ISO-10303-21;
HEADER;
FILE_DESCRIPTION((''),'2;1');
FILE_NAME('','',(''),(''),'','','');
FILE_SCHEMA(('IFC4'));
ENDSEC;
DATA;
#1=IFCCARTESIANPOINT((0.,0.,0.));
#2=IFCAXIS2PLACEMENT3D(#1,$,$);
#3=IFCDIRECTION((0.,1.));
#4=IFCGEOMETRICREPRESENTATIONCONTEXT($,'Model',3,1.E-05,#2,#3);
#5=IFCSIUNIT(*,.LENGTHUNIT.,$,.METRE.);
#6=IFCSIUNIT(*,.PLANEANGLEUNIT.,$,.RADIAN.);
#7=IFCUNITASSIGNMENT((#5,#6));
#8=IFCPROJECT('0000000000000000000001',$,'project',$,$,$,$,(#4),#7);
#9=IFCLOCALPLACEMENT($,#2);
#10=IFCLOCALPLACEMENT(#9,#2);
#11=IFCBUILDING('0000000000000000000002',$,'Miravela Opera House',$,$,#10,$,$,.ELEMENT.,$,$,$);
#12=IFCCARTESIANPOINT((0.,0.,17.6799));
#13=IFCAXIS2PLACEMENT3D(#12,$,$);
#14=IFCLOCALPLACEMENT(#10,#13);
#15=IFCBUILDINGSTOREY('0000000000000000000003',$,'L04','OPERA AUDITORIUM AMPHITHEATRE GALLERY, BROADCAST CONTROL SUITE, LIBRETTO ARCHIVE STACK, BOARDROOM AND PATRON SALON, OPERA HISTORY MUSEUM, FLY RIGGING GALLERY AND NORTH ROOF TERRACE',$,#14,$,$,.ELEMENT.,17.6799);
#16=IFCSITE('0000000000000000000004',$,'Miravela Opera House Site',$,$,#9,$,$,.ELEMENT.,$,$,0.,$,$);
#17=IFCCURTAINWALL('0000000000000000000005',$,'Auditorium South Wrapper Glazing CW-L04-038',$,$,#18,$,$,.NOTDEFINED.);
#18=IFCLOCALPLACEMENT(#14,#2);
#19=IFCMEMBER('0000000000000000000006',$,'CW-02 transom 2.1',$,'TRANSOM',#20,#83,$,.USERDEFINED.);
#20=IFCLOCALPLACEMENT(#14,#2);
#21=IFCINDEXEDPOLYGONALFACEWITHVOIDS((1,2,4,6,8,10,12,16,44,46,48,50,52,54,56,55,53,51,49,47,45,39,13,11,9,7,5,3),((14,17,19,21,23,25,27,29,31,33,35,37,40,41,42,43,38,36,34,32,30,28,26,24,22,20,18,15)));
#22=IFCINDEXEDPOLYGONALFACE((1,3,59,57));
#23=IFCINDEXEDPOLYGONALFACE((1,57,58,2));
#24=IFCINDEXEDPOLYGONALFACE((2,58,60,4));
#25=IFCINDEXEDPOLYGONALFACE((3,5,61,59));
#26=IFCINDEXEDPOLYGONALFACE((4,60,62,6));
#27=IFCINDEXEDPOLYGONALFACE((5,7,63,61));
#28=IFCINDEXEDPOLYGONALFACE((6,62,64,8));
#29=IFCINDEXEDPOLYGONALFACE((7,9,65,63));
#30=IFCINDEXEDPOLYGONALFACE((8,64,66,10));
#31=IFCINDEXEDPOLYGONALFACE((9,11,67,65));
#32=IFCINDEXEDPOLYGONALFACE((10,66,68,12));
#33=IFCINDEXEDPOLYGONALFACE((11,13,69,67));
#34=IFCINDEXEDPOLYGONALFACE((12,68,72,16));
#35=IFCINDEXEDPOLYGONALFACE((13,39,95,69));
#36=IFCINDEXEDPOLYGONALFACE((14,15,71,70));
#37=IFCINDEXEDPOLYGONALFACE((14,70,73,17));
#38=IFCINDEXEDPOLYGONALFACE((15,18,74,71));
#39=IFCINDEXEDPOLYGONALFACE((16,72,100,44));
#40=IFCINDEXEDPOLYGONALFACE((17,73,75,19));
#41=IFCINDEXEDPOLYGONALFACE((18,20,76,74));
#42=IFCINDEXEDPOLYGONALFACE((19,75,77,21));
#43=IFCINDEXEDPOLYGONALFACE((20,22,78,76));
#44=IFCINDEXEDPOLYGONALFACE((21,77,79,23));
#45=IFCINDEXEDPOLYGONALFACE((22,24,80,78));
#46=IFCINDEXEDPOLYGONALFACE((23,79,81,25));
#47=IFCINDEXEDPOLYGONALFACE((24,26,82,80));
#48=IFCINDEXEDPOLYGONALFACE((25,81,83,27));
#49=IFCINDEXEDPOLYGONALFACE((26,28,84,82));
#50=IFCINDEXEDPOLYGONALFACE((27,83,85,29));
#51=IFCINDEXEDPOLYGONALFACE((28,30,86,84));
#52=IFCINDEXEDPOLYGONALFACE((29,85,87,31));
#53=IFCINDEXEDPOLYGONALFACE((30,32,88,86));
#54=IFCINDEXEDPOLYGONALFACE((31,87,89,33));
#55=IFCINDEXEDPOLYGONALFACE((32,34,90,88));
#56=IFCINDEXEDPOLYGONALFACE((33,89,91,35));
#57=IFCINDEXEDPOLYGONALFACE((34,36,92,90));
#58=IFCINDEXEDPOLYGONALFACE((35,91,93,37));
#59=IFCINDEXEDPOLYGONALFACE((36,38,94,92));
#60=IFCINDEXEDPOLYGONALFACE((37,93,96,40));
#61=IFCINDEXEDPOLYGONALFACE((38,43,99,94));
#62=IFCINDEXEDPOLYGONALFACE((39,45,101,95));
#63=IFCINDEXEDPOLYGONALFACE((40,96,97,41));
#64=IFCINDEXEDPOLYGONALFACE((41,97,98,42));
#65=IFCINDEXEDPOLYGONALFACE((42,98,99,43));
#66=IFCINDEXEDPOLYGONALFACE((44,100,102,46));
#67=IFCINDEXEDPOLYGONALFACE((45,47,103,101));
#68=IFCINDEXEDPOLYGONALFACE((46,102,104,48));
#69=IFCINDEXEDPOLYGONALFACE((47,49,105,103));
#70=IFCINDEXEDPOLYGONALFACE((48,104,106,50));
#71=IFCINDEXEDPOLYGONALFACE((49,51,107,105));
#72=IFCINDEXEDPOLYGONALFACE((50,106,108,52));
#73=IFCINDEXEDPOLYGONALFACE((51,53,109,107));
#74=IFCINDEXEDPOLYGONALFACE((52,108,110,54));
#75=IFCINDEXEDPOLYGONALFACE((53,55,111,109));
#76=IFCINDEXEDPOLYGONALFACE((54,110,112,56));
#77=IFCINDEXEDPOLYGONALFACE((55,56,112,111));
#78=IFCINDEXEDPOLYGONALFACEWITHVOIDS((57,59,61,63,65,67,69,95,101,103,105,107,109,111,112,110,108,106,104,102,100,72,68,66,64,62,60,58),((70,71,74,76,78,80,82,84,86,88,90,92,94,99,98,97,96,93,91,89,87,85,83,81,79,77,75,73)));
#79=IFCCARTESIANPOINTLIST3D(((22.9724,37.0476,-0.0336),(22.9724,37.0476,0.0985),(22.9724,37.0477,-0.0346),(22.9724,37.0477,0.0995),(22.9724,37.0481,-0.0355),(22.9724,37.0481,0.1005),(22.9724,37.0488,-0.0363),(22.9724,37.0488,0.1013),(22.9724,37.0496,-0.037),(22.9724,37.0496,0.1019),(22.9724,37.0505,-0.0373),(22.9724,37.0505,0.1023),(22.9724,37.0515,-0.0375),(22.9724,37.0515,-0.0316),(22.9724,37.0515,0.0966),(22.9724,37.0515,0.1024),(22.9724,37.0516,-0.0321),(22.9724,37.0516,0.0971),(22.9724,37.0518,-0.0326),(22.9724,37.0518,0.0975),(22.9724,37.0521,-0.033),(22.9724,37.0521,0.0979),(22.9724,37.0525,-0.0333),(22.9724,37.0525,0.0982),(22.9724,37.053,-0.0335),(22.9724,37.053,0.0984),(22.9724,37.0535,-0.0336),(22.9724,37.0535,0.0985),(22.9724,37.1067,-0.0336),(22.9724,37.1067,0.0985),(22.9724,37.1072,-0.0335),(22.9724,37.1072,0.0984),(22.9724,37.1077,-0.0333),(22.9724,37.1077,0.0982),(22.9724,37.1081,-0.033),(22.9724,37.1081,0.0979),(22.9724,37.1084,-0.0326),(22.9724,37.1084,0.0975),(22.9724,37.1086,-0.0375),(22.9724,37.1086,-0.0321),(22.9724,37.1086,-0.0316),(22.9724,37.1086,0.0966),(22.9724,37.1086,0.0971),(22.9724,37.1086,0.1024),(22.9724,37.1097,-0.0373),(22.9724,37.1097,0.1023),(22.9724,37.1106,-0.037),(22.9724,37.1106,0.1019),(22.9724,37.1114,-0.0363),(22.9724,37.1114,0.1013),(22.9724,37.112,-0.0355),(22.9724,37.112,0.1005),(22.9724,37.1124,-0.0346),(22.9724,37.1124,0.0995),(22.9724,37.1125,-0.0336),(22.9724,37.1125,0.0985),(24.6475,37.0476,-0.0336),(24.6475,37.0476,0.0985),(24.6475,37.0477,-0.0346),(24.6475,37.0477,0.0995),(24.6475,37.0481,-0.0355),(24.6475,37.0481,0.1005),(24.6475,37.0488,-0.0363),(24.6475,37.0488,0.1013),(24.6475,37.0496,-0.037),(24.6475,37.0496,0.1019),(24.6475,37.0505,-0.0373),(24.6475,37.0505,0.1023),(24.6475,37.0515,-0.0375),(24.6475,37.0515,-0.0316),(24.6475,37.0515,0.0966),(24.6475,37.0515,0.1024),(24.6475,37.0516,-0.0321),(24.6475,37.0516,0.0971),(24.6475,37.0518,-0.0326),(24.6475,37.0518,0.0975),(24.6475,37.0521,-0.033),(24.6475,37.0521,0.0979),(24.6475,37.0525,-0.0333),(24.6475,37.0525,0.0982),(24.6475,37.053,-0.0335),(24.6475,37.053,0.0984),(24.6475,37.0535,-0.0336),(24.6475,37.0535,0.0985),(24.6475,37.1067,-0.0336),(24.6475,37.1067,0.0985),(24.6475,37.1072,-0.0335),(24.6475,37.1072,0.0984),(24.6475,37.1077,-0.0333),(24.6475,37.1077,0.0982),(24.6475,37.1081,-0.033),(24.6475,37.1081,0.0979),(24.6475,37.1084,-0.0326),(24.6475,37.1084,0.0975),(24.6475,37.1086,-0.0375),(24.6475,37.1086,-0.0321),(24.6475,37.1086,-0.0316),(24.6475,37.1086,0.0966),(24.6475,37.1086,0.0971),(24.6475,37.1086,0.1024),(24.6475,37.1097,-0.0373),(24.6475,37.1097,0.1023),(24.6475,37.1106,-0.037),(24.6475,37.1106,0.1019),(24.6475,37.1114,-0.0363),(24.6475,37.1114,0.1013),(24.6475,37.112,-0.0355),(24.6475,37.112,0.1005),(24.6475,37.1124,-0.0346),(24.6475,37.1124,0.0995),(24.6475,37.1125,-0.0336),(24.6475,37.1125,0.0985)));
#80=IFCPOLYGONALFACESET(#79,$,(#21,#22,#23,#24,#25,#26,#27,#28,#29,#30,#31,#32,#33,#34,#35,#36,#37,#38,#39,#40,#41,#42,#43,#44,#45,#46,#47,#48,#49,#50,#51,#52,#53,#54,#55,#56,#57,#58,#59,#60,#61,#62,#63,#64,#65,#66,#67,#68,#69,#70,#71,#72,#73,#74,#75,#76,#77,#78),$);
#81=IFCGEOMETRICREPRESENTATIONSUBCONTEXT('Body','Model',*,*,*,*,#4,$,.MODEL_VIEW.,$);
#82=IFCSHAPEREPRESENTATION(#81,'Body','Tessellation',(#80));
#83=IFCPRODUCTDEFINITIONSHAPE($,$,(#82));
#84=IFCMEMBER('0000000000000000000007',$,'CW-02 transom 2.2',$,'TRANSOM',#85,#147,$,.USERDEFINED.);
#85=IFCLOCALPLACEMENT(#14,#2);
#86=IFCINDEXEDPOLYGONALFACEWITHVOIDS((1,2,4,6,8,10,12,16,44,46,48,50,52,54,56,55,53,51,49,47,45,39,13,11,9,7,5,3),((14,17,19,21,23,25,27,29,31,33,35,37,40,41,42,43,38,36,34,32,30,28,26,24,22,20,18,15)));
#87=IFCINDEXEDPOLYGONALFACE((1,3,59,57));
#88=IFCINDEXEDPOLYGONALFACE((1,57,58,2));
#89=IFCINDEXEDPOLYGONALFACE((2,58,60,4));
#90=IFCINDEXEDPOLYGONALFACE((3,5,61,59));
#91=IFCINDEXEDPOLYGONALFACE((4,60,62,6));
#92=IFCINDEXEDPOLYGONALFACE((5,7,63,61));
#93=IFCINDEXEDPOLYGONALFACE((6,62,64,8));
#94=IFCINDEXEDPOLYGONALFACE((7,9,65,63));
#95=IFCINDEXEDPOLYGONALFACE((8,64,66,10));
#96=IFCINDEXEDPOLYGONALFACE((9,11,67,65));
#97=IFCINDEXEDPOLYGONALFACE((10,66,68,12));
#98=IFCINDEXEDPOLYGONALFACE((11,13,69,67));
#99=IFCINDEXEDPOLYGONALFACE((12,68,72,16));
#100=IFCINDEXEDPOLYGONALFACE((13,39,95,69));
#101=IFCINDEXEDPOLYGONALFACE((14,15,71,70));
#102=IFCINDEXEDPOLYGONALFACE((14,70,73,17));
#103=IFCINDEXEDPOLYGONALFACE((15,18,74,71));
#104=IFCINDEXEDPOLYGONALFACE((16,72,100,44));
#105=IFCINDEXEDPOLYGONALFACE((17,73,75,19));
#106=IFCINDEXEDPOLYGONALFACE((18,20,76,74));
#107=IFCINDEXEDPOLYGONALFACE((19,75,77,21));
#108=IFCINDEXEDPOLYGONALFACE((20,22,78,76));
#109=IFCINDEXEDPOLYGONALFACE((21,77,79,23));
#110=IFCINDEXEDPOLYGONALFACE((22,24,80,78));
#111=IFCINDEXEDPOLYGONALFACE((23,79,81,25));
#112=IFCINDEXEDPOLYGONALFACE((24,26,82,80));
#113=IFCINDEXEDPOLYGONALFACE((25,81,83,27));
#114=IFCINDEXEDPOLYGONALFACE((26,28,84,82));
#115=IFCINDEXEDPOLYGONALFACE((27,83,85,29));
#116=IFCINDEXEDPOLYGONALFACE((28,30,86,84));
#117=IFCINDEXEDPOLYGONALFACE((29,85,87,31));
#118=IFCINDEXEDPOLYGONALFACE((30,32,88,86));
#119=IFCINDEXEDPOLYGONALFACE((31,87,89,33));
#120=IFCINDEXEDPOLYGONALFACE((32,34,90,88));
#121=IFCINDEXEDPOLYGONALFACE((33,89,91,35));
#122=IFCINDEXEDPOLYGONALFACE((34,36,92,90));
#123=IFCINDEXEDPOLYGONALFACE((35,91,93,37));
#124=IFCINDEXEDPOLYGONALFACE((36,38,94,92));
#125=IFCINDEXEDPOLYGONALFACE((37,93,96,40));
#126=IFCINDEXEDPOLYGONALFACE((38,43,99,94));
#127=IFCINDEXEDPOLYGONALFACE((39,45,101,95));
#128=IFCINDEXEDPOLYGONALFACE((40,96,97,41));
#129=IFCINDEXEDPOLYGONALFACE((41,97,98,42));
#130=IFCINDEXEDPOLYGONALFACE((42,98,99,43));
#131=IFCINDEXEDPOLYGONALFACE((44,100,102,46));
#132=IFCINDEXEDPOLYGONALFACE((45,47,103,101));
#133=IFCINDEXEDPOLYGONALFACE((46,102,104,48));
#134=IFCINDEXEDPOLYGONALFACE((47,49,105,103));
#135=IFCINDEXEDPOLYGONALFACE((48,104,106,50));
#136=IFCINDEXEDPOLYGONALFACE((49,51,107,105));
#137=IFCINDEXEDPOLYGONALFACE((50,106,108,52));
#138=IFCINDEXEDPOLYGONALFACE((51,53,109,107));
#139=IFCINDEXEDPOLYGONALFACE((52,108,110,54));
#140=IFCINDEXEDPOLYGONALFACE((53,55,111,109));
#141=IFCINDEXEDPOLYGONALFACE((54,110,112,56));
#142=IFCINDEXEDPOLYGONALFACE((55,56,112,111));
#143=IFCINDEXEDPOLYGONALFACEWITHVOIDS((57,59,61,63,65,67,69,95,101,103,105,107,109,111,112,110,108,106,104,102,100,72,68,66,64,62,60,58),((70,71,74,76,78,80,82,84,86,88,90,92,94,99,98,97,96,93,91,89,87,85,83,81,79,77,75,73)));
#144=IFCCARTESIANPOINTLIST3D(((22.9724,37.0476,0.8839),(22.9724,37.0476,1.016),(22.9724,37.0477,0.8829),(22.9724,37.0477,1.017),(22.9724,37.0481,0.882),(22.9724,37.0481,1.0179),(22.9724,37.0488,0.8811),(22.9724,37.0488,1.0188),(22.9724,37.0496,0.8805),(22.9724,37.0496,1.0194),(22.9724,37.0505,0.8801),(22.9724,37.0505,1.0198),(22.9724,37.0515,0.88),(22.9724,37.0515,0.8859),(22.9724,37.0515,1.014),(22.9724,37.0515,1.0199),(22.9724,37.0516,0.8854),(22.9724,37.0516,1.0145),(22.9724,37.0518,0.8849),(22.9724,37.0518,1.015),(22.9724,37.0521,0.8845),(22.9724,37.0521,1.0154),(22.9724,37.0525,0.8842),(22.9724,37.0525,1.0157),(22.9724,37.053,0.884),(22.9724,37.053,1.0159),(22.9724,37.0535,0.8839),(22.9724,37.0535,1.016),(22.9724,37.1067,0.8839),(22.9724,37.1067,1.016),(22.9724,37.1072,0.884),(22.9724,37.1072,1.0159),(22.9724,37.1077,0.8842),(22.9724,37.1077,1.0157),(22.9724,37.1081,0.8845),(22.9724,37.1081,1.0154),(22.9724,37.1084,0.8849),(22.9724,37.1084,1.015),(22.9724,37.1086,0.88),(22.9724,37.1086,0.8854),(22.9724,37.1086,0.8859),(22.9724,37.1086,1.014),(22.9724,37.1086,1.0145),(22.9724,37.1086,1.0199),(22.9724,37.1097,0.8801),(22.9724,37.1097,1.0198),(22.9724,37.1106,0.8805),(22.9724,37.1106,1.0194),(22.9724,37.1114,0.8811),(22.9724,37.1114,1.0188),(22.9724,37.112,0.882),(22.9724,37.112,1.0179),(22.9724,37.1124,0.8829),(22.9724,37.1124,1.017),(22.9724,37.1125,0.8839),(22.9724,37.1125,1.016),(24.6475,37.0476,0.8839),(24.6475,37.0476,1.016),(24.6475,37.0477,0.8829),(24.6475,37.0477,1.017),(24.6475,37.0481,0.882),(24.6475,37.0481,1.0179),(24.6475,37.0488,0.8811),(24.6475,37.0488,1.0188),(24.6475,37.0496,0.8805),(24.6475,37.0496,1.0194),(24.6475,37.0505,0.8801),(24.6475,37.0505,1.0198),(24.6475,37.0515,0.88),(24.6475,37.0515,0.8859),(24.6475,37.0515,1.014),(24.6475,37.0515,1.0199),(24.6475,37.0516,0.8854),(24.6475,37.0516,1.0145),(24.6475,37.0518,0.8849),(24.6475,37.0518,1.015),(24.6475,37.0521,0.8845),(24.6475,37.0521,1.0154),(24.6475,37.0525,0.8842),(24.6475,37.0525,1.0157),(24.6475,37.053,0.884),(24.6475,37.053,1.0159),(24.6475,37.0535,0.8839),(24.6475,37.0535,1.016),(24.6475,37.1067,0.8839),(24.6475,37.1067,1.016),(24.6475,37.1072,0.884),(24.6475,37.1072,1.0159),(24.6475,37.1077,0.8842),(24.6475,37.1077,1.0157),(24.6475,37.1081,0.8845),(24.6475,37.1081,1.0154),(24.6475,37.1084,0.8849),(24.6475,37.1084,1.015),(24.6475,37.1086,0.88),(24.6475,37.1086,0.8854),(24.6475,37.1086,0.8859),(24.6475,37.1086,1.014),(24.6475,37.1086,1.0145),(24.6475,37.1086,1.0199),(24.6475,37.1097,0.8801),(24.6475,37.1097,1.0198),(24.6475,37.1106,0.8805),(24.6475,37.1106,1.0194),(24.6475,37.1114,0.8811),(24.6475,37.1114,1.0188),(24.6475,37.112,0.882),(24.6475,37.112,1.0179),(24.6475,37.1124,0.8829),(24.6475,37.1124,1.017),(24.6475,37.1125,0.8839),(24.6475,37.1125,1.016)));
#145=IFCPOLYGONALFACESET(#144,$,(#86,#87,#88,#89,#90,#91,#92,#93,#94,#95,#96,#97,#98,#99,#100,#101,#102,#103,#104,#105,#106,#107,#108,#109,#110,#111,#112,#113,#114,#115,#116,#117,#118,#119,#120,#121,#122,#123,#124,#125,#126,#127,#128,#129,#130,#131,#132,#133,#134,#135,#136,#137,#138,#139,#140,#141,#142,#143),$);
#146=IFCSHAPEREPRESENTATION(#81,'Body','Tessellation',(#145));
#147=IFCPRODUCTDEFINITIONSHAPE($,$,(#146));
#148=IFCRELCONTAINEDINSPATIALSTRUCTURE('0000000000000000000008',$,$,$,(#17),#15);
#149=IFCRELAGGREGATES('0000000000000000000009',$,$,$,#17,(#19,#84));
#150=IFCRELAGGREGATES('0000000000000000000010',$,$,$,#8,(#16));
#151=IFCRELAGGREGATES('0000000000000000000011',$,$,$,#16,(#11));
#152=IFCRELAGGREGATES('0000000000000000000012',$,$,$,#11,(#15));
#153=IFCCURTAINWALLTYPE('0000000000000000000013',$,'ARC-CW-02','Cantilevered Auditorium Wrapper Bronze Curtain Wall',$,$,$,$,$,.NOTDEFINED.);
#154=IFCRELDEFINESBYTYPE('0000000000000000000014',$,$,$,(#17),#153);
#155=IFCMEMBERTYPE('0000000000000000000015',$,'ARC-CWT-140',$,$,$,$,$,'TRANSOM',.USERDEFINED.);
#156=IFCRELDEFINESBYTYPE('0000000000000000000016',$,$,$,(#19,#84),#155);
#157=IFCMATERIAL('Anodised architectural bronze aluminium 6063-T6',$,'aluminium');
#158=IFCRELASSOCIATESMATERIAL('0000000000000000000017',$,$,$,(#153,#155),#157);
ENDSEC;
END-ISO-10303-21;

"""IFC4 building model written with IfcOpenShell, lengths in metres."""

from ifc_helpers import new_model, si_unit, direction, frame, origin, origin_2d, place, context, subcontext, project, spatial, hollow_rectangle, extrude, material, material_profile, profile_set, type_object, element, aggregate, save


model = new_model("IFC4")

# Units and contexts
model_context = context("Model", 3, precision=1e-05, world=origin(), true_north=direction((0.0, 1.0)))
body_context = subcontext(model_context, "Body", "Model", "MODEL_VIEW")
ifc_project = project(units=[si_unit("LENGTHUNIT", "METRE"), si_unit("PLANEANGLEUNIT", "RADIAN")], contexts=[model_context])

# Site, building, storey
site_placement = place(None, origin())
site = spatial("IfcSite", under=ifc_project, at=site_placement, Name="Miravela Opera House Site", CompositionType="ELEMENT", RefElevation=0.0)
building_placement = place(site_placement, origin())
building = spatial("IfcBuilding", under=site, at=building_placement, Name="Miravela Opera House", CompositionType="ELEMENT")
storey_placement = place(building_placement, frame((0.0, 0.0, 17.6799)))
storey = spatial("IfcBuildingStorey", under=building, at=storey_placement, Name="L04", Description="OPERA AUDITORIUM AMPHITHEATRE GALLERY, BROADCAST CONTROL SUITE, LIBRETTO ARCHIVE STACK, BOARDROOM AND PATRON SALON, OPERA HISTORY MUSEUM, FLY RIGGING GALLERY AND NORTH ROOF TERRACE", CompositionType="ELEMENT", Elevation=17.6799)

# Curtain wall
ifc_material_1 = material(Name="Anodised architectural bronze aluminium 6063-T6", Category="aluminium")
curtain_wall_type = type_object("IfcCurtainWallType", Name="ARC-CW-02", Description="Cantilevered Auditorium Wrapper Bronze Curtain Wall", PredefinedType="NOTDEFINED", material=ifc_material_1)
curtain_wall_1_placement = place(storey_placement, origin())
curtain_wall_1 = element("IfcCurtainWall", 1, at=curtain_wall_1_placement, inside=storey, type_object=curtain_wall_type, Name="Auditorium South Wrapper Glazing CW-L04-038", PredefinedType="NOTDEFINED")

# Members
ifc_material_profile_1 = material_profile(ifc_material_1, hollow_rectangle(XDim=0.0649, YDim=0.1399, WallThickness=0.0039, InnerFilletRadius=0.002, OuterFilletRadius=0.0039, at=origin_2d()), Name="CWT-65X140")
ifc_profile_set_1 = profile_set([ifc_material_profile_1])
member_type_1 = type_object("IfcMemberType", Name="ARC-CWT-140", ElementType="TRANSOM", PredefinedType="USERDEFINED", material=ifc_profile_set_1)
member_1_placement = place(storey_placement, frame((22.9724, 37.0801, 0.0325), z_axis=(1.0, 0.0, 0.0), x_axis=(0.0, 1.0, 0.0)))
member_1 = element("IfcMember", 2, at=member_1_placement, type_object=member_type_1, Name="CW-02 transom 2.1", ObjectType="TRANSOM", PredefinedType="USERDEFINED", context=body_context, shape_type="SweptSolid", body=[
    extrude(hollow_rectangle(XDim=0.0649, YDim=0.1399, WallThickness=0.0039, InnerFilletRadius=0.002, OuterFilletRadius=0.0039, at=origin_2d()), origin(), (0.0, 0.0, 1.0), 1.675),
])
member_2_placement = place(storey_placement, frame((22.9724, 37.0801, 0.95), z_axis=(1.0, 0.0, 0.0), x_axis=(0.0, 1.0, 0.0)))
member_2 = element("IfcMember", 3, at=member_2_placement, type_object=member_type_1, Name="CW-02 transom 2.2", ObjectType="TRANSOM", PredefinedType="USERDEFINED", context=body_context, shape_type="SweptSolid", body=[
    extrude(hollow_rectangle(XDim=0.0649, YDim=0.1399, WallThickness=0.0039, InnerFilletRadius=0.002, OuterFilletRadius=0.0039, at=origin_2d()), origin(), (0.0, 0.0, 1.0), 1.675),
])

aggregate(curtain_wall_1, [member_1, member_2])

save(model, "model.ifc")
